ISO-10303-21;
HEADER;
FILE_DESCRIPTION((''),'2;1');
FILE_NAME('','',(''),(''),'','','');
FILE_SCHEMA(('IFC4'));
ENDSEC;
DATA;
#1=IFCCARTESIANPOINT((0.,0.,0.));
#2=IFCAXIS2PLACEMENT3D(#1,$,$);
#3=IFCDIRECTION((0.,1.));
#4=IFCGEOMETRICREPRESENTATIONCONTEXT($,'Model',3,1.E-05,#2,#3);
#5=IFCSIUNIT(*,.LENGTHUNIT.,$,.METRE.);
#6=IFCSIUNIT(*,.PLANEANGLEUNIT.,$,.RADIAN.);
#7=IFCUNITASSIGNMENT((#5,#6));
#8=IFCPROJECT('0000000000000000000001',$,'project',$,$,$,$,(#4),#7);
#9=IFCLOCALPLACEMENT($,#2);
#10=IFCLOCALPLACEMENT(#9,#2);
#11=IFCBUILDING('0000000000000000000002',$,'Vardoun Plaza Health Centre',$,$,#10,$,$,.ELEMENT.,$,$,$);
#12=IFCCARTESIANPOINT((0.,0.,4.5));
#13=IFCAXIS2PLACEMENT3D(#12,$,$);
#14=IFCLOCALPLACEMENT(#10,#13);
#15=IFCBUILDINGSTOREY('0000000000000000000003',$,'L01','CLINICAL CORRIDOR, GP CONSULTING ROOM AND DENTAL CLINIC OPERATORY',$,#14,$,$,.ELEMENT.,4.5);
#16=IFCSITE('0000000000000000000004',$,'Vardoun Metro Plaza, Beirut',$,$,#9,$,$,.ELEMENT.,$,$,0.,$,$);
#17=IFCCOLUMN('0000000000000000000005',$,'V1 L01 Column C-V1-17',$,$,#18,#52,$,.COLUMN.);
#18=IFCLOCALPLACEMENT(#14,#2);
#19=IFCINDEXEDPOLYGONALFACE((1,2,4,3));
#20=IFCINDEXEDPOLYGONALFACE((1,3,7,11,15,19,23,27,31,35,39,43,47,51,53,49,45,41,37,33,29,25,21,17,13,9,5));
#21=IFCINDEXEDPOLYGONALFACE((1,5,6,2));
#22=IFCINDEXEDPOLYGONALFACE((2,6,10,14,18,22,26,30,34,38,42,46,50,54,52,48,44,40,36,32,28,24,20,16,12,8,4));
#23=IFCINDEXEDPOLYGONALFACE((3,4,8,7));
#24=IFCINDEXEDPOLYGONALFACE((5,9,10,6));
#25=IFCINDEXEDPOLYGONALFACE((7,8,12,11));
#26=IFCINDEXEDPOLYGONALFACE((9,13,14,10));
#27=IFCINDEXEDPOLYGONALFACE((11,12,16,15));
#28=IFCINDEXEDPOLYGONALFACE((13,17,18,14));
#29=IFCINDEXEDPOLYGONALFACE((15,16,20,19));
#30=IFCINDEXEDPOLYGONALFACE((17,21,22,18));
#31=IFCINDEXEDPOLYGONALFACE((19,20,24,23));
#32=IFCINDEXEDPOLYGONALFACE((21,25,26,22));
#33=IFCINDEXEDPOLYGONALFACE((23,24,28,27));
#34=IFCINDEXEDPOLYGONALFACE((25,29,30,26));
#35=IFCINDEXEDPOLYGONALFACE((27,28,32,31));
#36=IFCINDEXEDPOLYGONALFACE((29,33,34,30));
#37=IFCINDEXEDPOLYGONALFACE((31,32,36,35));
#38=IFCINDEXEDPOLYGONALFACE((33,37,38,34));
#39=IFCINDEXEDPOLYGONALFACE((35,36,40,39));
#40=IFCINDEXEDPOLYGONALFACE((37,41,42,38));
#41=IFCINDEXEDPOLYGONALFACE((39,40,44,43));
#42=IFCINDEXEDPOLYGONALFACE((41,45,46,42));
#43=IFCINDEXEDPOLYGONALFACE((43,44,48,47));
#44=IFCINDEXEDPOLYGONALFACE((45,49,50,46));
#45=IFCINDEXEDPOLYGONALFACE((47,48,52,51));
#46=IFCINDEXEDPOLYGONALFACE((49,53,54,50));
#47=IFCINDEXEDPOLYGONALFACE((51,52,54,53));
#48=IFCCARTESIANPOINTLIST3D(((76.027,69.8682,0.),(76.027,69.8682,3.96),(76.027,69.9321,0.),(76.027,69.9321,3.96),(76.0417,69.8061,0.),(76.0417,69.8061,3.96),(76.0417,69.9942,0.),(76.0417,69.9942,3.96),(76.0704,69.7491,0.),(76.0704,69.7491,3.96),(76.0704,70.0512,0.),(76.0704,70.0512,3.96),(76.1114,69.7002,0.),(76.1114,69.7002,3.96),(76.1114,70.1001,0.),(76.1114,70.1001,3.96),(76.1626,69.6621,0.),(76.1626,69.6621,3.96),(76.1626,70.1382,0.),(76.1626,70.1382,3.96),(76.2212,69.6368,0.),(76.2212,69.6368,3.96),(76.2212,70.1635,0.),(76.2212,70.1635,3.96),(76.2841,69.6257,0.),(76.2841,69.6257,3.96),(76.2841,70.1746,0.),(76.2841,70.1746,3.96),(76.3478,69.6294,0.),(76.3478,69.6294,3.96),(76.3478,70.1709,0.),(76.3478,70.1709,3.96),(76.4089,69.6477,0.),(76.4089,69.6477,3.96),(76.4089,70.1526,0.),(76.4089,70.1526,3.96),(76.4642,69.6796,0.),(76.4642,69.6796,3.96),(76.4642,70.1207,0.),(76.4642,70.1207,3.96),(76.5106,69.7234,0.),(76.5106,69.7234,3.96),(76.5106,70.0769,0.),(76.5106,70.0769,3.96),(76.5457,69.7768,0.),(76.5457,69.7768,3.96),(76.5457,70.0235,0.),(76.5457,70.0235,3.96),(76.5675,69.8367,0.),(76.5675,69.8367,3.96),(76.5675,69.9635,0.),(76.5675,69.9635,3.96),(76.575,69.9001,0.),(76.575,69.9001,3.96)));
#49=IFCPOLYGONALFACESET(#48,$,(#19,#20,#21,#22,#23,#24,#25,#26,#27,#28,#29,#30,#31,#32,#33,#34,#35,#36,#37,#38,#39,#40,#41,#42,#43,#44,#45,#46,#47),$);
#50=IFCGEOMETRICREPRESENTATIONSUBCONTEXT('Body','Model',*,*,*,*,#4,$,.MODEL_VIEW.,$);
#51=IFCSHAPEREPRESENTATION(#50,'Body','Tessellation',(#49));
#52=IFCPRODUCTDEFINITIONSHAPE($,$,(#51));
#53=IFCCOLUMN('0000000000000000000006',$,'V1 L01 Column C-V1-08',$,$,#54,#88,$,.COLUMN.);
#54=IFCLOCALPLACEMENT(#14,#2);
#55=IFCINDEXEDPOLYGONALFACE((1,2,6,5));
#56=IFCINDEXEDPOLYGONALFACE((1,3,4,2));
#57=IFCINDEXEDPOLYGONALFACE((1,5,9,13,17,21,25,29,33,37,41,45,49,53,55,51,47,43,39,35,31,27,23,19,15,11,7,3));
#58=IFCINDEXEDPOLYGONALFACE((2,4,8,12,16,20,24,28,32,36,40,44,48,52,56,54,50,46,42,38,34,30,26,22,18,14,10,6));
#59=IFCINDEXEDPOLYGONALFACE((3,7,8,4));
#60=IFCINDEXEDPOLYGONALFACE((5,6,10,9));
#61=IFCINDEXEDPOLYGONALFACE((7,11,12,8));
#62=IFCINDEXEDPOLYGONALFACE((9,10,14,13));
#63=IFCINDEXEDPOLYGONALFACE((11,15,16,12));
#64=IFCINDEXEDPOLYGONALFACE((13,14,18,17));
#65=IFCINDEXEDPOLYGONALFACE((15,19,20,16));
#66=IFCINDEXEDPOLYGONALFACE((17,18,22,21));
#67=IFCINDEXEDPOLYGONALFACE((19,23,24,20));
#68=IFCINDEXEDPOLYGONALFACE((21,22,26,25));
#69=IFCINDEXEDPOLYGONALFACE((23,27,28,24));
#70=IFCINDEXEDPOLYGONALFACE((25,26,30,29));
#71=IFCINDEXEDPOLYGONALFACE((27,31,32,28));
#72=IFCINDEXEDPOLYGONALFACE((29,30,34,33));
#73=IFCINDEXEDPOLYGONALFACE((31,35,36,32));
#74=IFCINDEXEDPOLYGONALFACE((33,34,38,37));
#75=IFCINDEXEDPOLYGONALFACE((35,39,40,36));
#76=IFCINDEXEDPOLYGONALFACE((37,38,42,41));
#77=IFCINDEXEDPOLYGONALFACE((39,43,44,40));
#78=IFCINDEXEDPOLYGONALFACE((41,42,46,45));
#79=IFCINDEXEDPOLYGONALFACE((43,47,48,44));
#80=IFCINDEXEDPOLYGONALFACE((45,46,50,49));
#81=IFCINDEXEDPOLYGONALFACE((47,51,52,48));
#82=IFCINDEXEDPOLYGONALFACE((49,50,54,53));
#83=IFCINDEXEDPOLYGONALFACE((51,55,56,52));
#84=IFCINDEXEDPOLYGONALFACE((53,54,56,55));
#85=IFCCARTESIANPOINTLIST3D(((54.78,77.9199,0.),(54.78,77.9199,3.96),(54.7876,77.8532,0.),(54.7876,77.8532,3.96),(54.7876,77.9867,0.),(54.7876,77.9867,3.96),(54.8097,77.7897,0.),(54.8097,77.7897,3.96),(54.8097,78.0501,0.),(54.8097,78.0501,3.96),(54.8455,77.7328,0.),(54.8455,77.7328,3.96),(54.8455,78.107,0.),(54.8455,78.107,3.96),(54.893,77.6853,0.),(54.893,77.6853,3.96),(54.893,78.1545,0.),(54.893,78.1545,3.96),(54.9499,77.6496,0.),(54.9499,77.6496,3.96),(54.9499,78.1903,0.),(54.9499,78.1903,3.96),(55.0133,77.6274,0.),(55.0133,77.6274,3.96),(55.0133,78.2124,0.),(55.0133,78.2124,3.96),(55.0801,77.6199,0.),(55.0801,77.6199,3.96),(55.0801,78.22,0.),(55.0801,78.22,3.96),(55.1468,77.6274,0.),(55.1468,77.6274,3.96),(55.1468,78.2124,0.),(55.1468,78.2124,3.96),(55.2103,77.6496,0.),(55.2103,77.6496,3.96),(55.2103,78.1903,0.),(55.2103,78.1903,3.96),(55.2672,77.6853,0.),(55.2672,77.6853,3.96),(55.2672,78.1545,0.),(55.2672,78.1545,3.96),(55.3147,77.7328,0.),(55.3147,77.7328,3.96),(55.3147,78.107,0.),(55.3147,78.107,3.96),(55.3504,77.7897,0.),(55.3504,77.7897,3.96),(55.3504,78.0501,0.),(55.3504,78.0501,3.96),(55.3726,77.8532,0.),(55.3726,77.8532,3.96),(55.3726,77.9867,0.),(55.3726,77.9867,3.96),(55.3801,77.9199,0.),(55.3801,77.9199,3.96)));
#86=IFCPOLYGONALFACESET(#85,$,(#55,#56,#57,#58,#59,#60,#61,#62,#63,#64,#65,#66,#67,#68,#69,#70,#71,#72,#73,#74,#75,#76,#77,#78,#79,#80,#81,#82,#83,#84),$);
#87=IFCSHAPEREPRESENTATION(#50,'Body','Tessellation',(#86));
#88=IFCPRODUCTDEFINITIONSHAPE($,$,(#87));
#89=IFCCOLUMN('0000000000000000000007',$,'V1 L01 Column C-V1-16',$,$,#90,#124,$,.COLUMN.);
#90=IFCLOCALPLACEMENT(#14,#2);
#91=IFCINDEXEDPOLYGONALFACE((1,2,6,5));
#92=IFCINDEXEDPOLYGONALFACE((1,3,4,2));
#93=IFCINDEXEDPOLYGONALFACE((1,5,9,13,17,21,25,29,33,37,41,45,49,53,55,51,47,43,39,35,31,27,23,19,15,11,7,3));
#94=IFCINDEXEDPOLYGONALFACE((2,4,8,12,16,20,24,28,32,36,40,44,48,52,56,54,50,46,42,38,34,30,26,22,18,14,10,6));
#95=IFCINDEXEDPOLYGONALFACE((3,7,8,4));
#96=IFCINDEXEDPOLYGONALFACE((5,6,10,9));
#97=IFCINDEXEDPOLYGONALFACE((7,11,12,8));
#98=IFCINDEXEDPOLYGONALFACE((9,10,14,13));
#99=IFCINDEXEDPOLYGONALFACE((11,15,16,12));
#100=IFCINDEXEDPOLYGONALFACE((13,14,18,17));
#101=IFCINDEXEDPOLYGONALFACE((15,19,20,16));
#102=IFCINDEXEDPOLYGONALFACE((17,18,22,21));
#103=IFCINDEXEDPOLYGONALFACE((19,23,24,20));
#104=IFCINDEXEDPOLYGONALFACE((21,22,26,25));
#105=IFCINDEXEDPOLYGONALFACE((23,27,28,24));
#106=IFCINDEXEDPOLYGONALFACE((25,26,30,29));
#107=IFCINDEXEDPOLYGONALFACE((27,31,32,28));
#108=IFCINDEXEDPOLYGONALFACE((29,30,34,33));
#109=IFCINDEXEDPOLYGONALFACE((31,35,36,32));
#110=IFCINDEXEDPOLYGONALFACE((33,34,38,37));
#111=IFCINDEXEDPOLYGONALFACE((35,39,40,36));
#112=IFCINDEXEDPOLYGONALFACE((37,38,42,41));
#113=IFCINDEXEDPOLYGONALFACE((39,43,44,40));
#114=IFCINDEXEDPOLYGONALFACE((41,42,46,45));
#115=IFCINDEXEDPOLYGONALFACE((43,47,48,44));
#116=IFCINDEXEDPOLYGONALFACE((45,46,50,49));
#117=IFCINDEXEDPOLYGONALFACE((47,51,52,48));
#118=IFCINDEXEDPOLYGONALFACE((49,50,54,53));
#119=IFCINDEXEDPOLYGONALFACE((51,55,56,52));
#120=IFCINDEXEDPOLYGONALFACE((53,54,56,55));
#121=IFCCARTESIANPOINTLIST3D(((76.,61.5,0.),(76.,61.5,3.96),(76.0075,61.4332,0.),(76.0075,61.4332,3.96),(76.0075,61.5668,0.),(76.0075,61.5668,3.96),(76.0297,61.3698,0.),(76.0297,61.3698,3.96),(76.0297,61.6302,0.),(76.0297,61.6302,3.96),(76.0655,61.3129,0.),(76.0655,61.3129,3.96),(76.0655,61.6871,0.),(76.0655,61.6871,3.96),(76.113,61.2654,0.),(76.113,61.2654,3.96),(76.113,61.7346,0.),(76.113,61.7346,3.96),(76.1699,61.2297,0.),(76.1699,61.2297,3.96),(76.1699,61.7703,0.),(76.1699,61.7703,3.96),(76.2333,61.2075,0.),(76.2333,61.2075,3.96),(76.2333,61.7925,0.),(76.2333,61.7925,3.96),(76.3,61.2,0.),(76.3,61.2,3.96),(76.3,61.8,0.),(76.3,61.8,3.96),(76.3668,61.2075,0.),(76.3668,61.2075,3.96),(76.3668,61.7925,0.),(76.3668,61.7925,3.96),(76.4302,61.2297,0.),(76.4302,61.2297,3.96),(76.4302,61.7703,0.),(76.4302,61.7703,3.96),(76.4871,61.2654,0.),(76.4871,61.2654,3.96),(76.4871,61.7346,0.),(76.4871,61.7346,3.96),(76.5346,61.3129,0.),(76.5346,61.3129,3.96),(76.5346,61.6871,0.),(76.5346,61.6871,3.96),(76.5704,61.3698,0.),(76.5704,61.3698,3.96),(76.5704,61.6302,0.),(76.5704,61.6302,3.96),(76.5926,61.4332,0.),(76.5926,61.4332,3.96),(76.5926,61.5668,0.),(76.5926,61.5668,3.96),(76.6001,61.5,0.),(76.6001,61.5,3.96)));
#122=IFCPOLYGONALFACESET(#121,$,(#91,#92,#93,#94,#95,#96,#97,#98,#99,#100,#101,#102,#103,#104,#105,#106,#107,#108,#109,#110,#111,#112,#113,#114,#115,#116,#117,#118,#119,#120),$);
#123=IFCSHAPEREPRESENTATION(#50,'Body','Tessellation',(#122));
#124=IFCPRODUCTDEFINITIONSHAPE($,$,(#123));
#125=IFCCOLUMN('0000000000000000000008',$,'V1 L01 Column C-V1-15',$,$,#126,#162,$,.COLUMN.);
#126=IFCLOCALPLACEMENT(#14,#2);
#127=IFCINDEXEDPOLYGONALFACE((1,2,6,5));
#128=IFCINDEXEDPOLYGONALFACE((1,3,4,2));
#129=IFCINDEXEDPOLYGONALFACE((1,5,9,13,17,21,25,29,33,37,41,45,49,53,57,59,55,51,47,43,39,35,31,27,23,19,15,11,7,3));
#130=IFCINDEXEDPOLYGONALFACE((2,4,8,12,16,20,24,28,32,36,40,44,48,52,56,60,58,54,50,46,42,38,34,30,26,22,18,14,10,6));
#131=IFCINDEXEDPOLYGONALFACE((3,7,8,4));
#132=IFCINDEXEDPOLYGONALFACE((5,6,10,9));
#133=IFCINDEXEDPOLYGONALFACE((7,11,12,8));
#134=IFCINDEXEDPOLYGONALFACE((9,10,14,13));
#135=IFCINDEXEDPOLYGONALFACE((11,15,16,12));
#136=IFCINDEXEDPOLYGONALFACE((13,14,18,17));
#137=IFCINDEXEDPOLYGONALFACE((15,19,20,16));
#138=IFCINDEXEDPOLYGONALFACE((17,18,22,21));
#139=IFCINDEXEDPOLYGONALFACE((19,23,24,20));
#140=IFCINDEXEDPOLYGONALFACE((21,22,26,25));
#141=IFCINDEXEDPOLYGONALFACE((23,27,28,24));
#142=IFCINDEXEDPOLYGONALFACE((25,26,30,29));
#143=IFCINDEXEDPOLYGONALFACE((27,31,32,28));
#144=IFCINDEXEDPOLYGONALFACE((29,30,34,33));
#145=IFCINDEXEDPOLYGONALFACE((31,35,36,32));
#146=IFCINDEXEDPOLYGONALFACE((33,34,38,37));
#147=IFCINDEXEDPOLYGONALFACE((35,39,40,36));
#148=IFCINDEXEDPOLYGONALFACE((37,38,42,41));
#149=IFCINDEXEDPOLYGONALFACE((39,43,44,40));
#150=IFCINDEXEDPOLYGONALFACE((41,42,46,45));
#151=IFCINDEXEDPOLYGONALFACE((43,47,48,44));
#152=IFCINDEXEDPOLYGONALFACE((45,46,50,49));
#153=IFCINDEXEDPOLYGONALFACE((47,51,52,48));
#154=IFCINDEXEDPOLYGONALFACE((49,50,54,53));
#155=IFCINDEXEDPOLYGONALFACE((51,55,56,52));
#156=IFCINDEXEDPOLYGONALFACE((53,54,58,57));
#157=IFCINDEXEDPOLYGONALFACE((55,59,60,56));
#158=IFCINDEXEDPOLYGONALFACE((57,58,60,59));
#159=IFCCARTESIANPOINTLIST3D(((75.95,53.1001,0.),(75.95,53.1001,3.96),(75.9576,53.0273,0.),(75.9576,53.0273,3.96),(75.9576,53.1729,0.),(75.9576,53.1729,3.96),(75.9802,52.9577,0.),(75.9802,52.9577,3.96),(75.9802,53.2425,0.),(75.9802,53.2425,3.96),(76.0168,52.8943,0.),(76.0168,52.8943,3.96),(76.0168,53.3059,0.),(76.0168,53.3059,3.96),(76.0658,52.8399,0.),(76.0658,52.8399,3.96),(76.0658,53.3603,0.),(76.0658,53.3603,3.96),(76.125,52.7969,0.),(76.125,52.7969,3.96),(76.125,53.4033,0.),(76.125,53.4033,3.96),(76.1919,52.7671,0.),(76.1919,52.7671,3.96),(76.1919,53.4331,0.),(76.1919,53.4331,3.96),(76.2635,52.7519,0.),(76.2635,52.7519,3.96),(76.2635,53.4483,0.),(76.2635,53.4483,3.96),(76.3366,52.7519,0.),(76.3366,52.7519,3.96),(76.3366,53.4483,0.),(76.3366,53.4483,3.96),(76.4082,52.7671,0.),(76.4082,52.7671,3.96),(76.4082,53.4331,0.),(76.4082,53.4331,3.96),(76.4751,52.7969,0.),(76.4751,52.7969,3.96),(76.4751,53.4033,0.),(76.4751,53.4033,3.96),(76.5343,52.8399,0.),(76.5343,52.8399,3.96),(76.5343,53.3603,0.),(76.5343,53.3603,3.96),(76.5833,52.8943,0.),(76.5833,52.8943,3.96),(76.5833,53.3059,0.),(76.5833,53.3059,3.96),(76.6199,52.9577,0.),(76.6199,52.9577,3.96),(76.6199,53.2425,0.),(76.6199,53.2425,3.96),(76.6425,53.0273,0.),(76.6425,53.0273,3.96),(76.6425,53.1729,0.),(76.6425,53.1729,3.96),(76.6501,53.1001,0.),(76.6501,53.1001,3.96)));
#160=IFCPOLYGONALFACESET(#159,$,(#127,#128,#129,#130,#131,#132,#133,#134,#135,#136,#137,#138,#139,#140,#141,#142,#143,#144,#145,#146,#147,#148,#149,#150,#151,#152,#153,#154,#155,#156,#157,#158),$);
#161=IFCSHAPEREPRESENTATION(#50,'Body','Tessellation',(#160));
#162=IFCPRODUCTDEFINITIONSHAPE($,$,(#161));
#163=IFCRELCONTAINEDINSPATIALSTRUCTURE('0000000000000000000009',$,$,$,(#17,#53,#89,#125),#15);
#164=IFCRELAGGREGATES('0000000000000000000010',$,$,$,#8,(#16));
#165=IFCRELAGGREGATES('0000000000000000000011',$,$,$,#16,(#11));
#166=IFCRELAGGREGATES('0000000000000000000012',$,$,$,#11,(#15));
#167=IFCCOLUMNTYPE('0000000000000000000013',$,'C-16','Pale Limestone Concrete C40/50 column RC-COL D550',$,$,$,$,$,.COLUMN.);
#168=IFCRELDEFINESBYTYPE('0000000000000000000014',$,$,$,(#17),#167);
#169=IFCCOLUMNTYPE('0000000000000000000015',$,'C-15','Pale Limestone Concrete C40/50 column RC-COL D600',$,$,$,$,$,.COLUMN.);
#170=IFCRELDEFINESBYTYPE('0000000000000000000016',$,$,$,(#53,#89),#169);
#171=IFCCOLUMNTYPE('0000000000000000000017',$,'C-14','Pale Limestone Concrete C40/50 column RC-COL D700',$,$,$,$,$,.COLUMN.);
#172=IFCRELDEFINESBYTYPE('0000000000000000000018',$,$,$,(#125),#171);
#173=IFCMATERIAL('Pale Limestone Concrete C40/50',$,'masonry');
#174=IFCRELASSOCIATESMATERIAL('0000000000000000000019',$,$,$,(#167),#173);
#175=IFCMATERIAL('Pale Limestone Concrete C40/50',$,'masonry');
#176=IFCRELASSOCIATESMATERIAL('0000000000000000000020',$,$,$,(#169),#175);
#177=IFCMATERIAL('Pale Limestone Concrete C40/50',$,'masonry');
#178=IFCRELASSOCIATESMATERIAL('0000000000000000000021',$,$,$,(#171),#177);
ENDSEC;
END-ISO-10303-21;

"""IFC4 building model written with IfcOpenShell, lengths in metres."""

from ifc_helpers import new_model, si_unit, direction, frame, origin, origin_2d, place, context, subcontext, project, spatial, circle, extrude, material, material_profile, profile_set, type_object, element, save


model = new_model("IFC4")

# Units and contexts
model_context = context("Model", 3, precision=1e-05, world=origin(), true_north=direction((0.0, 1.0)))
body_context = subcontext(model_context, "Body", "Model", "MODEL_VIEW")
ifc_project = project(units=[si_unit("LENGTHUNIT", "METRE"), si_unit("PLANEANGLEUNIT", "RADIAN")], contexts=[model_context])

# Site, building, storey
site_placement = place(None, origin())
site = spatial("IfcSite", under=ifc_project, at=site_placement, Name="Vardoun Metro Plaza, Beirut", CompositionType="ELEMENT", RefElevation=0.0)
building_placement = place(site_placement, origin())
building = spatial("IfcBuilding", under=site, at=building_placement, Name="Vardoun Plaza Health Centre", CompositionType="ELEMENT")
storey_placement = place(building_placement, frame((0.0, 0.0, 4.5)))
storey = spatial("IfcBuildingStorey", under=building, at=storey_placement, Name="L01", Description="CLINICAL CORRIDOR, GP CONSULTING ROOM AND DENTAL CLINIC OPERATORY", CompositionType="ELEMENT", Elevation=4.5)

# Columns
ifc_material_1 = material(Name="Pale Limestone Concrete C40/50", Category="masonry")
ifc_material_profile_1 = material_profile(ifc_material_1, circle(Radius=0.2749, at=origin_2d()), Name="RC-COL D550")
ifc_profile_set_1 = profile_set([ifc_material_profile_1], Name="Pale Limestone Concrete C40/50")
column_type_1 = type_object("IfcColumnType", Name="C-16", Description="Pale Limestone Concrete C40/50 column RC-COL D550", PredefinedType="COLUMN", material=ifc_profile_set_1)
column_1_placement = place(storey_placement, frame((76.3, 69.9001, 0.0), z_axis=(0.0, 0.0, 1.0), x_axis=(1.0, 0.0, 0.0)))
element("IfcColumn", 1, at=column_1_placement, inside=storey, type_object=column_type_1, Name="V1 L01 Column C-V1-17", PredefinedType="COLUMN", context=body_context, shape_type="SweptSolid", body=[
    extrude(circle(Radius=0.2749, at=origin_2d()), origin(), (0.0, 0.0, 1.0), 3.96),
])
ifc_material_2 = material(Name="Pale Limestone Concrete C40/50", Category="masonry")
ifc_material_profile_2 = material_profile(ifc_material_2, circle(Radius=0.3, at=origin_2d()), Name="RC-COL D600")
ifc_profile_set_2 = profile_set([ifc_material_profile_2], Name="Pale Limestone Concrete C40/50")
column_type_2 = type_object("IfcColumnType", Name="C-15", Description="Pale Limestone Concrete C40/50 column RC-COL D600", PredefinedType="COLUMN", material=ifc_profile_set_2)
for number, where, z_axis, x_axis, name in (
    (2, (55.0801, 77.9199, 0.0), (0.0, 0.0, 1.0), (1.0, 0.0, 0.0), "V1 L01 Column C-V1-08"),
    (3, (76.3, 61.5, 0.0), (0.0, 0.0, 1.0), (1.0, 0.0, 0.0), "V1 L01 Column C-V1-16"),
):
    element("IfcColumn", number, at=place(storey_placement, frame(where, z_axis=z_axis, x_axis=x_axis)), inside=storey, type_object=column_type_2, Name=name, PredefinedType="COLUMN", context=body_context, shape_type="SweptSolid", body=[
        extrude(circle(Radius=0.3, at=origin_2d()), origin(), (0.0, 0.0, 1.0), 3.96),
    ])
ifc_material_3 = material(Name="Pale Limestone Concrete C40/50", Category="masonry")
ifc_material_profile_3 = material_profile(ifc_material_3, circle(Radius=0.3501, at=origin_2d()), Name="RC-COL D700")
ifc_profile_set_3 = profile_set([ifc_material_profile_3], Name="Pale Limestone Concrete C40/50")
column_type_3 = type_object("IfcColumnType", Name="C-14", Description="Pale Limestone Concrete C40/50 column RC-COL D700", PredefinedType="COLUMN", material=ifc_profile_set_3)
column_2_placement = place(storey_placement, frame((76.3, 53.1001, 0.0), z_axis=(0.0, 0.0, 1.0), x_axis=(1.0, 0.0, 0.0)))
element("IfcColumn", 4, at=column_2_placement, inside=storey, type_object=column_type_3, Name="V1 L01 Column C-V1-15", PredefinedType="COLUMN", context=body_context, shape_type="SweptSolid", body=[
    extrude(circle(Radius=0.3501, at=origin_2d()), origin(), (0.0, 0.0, 1.0), 3.96),
])

save(model, "model.ifc")
